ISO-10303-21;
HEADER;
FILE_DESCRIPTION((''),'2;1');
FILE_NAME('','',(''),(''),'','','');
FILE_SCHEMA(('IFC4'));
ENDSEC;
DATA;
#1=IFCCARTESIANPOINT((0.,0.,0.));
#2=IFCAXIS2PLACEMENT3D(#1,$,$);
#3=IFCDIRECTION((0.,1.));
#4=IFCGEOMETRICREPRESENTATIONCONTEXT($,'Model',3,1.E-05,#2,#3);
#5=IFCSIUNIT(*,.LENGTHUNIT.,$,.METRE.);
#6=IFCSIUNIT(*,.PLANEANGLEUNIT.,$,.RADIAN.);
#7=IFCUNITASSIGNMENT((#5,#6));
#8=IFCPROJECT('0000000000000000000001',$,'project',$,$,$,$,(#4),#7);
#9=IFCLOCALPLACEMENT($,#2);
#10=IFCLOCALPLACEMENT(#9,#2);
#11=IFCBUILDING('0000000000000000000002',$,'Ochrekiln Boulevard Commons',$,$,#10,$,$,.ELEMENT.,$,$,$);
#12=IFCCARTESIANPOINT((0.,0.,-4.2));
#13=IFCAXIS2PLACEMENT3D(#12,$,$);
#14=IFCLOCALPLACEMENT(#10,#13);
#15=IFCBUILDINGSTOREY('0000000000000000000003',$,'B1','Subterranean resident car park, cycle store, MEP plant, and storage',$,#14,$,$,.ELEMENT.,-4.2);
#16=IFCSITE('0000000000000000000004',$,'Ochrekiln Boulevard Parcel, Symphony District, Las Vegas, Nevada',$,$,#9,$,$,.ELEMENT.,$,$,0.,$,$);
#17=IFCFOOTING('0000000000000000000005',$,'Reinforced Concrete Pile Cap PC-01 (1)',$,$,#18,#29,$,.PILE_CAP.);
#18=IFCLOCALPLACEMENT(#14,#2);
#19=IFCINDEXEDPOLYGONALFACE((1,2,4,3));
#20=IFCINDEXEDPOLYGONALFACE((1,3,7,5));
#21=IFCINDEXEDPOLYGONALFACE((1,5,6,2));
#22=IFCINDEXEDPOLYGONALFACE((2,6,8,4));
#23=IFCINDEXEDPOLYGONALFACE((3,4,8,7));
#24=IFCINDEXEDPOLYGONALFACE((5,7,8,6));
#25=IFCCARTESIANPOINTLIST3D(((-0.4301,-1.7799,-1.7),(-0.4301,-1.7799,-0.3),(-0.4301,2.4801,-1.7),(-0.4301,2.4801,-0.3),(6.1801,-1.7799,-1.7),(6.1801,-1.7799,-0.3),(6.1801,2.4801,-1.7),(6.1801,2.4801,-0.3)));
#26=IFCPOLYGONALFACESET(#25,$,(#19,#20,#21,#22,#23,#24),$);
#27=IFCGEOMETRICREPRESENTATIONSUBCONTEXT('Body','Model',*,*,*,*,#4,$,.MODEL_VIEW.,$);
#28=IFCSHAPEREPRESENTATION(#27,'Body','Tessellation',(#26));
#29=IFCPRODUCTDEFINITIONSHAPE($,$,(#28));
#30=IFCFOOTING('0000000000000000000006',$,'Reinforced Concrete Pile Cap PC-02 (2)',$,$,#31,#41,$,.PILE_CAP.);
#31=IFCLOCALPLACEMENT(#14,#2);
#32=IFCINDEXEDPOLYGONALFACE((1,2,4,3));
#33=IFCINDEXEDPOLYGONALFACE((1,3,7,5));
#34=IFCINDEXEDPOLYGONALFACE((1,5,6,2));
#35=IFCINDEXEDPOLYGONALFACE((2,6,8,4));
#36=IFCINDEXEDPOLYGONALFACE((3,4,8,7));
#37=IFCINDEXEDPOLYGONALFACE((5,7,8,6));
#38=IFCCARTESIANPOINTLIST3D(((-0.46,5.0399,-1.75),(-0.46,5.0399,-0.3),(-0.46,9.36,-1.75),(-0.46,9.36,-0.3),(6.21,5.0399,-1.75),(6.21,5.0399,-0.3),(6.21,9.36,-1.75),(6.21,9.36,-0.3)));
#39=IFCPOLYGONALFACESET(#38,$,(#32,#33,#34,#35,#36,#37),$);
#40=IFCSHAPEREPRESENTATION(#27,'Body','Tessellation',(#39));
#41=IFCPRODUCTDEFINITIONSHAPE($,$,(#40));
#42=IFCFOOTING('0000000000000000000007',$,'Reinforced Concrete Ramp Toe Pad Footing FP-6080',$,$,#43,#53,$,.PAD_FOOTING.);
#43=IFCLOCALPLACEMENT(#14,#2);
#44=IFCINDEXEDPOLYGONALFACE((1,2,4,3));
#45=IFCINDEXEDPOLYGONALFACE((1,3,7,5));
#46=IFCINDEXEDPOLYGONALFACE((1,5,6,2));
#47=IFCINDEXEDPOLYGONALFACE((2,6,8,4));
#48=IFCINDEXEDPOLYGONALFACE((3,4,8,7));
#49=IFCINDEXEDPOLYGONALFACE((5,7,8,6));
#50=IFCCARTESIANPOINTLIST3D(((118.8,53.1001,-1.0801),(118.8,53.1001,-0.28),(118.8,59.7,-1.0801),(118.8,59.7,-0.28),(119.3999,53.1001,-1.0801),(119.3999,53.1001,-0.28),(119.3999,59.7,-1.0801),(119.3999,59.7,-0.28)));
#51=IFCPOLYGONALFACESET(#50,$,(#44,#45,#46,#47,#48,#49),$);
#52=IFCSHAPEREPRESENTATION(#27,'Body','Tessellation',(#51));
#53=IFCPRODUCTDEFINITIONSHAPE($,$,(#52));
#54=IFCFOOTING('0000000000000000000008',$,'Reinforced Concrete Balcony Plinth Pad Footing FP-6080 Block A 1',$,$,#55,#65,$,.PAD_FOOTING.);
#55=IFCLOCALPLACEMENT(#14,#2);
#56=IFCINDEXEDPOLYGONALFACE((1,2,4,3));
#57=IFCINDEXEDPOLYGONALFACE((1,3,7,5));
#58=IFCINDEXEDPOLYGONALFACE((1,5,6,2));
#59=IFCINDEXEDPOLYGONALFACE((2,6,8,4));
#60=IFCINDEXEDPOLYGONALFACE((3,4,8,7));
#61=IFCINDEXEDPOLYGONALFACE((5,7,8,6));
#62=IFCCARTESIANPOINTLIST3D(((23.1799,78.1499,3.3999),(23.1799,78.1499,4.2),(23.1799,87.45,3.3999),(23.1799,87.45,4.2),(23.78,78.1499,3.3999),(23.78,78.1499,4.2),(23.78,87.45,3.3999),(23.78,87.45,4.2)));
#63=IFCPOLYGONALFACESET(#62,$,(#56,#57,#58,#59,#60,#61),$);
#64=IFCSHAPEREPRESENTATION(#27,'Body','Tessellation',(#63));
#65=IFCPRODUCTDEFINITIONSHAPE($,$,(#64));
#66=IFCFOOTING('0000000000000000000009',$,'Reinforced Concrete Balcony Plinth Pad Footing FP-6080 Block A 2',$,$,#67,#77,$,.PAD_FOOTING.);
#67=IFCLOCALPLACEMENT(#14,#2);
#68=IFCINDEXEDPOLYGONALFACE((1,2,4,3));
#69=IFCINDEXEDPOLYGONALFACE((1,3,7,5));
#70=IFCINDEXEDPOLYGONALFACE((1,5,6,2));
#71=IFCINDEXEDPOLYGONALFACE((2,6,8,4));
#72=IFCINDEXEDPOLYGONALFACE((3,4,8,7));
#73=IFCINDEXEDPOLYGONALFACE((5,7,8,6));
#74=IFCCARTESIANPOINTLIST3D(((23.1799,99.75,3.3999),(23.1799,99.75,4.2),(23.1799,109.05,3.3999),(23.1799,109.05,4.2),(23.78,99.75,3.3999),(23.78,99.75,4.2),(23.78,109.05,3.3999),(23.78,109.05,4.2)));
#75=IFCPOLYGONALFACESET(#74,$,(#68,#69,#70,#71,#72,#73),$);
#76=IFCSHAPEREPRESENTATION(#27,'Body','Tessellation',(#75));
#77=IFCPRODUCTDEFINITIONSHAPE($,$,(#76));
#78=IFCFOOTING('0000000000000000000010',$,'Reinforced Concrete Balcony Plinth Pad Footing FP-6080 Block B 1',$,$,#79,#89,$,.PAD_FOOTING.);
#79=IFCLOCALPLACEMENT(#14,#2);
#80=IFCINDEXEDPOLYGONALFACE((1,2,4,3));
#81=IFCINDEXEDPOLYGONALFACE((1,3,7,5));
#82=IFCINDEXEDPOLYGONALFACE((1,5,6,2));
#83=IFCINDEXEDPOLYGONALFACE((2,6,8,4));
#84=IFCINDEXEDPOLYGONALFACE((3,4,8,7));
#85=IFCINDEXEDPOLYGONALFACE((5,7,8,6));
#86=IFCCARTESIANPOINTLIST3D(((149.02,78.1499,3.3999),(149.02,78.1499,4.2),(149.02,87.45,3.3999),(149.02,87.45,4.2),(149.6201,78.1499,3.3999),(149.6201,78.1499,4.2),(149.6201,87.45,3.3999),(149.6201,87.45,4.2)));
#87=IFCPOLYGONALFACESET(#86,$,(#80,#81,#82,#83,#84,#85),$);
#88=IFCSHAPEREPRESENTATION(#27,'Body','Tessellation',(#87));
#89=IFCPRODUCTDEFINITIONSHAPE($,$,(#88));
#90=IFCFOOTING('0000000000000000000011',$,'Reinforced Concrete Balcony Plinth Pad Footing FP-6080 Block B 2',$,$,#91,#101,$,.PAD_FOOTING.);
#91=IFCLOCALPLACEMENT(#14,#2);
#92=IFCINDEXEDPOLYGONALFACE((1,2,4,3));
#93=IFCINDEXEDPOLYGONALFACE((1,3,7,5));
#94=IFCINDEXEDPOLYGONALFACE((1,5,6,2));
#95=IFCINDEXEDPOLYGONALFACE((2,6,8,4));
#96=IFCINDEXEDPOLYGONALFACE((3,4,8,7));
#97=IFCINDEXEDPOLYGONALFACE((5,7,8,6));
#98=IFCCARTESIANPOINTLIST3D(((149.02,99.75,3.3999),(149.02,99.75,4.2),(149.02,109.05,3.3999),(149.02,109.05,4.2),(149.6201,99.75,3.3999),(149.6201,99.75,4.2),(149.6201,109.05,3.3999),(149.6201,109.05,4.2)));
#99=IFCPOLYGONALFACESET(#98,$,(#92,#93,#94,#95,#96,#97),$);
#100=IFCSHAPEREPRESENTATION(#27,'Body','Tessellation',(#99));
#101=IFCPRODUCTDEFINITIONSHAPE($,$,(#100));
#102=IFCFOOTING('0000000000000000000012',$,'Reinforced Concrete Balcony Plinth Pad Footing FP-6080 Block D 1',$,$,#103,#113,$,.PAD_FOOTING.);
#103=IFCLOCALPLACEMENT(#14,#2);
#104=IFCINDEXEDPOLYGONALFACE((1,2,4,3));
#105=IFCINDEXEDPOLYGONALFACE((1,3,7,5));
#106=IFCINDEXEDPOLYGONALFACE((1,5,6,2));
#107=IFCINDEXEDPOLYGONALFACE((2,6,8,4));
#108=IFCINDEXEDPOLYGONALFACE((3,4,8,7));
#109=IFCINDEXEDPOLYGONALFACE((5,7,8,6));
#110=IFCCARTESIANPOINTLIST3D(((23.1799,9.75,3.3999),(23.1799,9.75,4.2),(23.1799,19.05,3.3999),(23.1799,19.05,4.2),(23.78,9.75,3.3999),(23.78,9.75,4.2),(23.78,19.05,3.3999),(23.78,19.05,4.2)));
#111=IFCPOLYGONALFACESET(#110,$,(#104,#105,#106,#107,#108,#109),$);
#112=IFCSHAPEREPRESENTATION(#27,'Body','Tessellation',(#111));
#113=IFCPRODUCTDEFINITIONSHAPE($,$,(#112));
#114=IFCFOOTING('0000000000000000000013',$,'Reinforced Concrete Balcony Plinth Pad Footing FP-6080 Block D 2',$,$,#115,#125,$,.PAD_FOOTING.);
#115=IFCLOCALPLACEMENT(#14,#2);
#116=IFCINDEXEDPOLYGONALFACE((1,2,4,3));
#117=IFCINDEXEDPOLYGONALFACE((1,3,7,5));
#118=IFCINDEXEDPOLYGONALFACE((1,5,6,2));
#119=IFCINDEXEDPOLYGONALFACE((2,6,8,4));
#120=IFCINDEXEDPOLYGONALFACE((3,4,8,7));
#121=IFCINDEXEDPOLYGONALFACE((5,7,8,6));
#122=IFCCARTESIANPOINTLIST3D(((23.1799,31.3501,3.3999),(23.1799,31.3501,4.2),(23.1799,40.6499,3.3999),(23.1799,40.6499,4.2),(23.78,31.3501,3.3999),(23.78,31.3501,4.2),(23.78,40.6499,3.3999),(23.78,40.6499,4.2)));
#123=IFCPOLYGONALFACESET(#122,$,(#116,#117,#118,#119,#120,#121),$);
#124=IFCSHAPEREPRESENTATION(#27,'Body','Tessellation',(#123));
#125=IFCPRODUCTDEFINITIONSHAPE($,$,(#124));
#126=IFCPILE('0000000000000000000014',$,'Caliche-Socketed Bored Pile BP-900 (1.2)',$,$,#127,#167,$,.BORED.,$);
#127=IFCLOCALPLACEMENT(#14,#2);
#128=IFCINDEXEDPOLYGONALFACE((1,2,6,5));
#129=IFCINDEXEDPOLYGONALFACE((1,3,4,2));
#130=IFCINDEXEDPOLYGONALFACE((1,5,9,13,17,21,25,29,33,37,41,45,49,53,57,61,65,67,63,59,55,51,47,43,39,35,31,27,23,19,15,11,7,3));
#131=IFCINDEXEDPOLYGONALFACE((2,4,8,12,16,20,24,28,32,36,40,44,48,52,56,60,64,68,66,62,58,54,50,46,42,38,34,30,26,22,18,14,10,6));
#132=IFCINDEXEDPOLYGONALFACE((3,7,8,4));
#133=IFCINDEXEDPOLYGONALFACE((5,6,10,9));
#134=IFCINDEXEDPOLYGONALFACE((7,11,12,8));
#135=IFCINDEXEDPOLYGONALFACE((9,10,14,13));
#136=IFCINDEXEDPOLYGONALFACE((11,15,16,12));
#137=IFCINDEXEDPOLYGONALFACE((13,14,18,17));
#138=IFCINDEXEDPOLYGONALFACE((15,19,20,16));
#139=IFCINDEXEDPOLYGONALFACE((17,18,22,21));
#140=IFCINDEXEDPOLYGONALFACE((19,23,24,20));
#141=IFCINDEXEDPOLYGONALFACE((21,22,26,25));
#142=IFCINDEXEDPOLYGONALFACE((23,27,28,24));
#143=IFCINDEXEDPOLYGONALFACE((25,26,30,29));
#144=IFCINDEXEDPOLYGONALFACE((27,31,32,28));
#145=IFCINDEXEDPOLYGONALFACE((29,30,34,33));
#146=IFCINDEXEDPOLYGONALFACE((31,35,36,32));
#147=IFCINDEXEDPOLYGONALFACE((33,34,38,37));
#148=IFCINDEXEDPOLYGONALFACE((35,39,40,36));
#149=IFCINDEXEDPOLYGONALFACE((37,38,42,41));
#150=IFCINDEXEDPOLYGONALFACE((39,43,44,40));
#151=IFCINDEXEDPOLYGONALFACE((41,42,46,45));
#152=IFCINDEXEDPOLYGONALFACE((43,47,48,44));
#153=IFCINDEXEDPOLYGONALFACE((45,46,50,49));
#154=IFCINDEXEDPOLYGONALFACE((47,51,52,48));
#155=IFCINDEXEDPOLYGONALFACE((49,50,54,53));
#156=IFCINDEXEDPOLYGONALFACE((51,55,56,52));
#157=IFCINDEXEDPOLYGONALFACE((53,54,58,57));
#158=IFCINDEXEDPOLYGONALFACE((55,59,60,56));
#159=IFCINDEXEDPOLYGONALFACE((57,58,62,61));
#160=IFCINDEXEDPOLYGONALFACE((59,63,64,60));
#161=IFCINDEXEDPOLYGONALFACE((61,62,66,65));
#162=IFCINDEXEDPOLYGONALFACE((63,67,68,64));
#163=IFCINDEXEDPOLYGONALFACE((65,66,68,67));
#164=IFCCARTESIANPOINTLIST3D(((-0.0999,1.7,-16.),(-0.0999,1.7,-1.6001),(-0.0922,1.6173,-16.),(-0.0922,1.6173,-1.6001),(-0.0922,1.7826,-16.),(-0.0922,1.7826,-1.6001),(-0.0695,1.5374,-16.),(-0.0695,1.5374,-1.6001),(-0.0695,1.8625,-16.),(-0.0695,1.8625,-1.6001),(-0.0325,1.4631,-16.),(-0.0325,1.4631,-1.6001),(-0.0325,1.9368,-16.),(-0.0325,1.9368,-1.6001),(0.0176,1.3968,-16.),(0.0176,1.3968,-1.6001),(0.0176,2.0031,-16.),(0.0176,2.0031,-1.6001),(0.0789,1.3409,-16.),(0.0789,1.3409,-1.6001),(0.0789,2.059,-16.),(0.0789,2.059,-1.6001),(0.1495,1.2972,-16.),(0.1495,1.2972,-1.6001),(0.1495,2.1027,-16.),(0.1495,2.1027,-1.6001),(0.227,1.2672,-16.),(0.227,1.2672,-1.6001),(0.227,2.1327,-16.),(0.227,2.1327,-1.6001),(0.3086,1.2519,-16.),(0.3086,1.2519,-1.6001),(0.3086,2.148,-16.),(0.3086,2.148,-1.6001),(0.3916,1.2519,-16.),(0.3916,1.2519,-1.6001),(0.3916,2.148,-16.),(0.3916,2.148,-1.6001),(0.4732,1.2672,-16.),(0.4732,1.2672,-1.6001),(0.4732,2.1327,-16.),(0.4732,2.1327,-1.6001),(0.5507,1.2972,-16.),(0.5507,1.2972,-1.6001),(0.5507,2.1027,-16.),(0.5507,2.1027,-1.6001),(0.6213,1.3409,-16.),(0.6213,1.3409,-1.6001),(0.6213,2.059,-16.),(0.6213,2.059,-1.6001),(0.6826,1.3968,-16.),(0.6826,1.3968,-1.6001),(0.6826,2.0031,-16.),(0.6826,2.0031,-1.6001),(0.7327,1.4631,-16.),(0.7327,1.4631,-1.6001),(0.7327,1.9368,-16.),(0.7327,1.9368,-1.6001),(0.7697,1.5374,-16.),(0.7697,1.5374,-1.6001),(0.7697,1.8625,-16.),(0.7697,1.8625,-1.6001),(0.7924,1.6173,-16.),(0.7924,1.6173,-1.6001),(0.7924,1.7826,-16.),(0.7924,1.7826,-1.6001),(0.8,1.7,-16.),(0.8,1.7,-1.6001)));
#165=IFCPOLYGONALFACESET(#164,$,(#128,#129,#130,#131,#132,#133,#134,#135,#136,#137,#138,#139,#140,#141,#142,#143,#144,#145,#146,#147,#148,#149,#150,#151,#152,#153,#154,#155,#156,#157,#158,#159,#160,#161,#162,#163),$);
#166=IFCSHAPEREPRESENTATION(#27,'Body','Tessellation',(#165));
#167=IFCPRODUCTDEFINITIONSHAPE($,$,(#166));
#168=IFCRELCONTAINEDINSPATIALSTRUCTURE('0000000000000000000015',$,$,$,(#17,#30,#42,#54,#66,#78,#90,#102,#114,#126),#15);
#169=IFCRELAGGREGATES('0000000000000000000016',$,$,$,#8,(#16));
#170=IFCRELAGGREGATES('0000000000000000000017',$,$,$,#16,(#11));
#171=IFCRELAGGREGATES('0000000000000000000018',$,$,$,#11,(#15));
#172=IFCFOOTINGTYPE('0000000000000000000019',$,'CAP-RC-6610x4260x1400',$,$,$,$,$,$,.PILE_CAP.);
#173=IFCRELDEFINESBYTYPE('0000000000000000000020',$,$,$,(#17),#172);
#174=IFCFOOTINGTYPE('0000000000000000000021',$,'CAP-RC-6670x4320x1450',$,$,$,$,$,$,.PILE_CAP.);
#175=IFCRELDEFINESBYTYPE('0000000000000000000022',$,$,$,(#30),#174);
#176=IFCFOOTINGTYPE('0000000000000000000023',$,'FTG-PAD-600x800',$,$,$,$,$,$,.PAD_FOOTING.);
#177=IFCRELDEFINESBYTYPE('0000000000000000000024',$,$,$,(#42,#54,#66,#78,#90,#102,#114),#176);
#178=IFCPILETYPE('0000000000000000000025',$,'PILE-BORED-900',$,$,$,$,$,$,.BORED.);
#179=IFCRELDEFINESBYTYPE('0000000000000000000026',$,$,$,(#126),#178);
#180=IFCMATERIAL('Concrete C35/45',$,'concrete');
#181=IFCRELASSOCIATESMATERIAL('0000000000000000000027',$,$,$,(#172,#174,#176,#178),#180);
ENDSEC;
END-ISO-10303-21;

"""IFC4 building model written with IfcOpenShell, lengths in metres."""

from ifc_helpers import new_model, si_unit, direction, frame, origin, origin_2d, place, context, subcontext, project, spatial, polyline, rectangle, circle, outline, extrude, material, material_profile, profile_set, type_object, element, save


model = new_model("IFC4")

# Units and contexts
model_context = context("Model", 3, precision=1e-05, world=origin(), true_north=direction((0.0, 1.0)))
body_context = subcontext(model_context, "Body", "Model", "MODEL_VIEW")
ifc_project = project(units=[si_unit("LENGTHUNIT", "METRE"), si_unit("PLANEANGLEUNIT", "RADIAN")], contexts=[model_context])

# Site, building, storey
site_placement = place(None, origin())
site = spatial("IfcSite", under=ifc_project, at=site_placement, Name="Ochrekiln Boulevard Parcel, Symphony District, Las Vegas, Nevada", CompositionType="ELEMENT", RefElevation=0.0)
building_placement = place(site_placement, origin())
building = spatial("IfcBuilding", under=site, at=building_placement, Name="Ochrekiln Boulevard Commons", CompositionType="ELEMENT")
storey_placement = place(building_placement, frame((0.0, 0.0, -4.2)))
storey = spatial("IfcBuildingStorey", under=building, at=storey_placement, Name="B1", Description="Subterranean resident car park, cycle store, MEP plant, and storage", CompositionType="ELEMENT", Elevation=-4.2)

# Footings
ifc_material_1 = material(Name="Concrete C35/45", Category="concrete")
footing_type_1 = type_object("IfcFootingType", Name="CAP-RC-6610x4260x1400", PredefinedType="PILE_CAP", material=ifc_material_1)
footing_1_placement = place(storey_placement, frame((2.875, 0.3501, -1.7), z_axis=(0.0, 0.0, 1.0), x_axis=(1.0, 0.0, 0.0)))
element("IfcFooting", 1, at=footing_1_placement, inside=storey, type_object=footing_type_1, Name="Reinforced Concrete Pile Cap PC-01 (1)", PredefinedType="PILE_CAP", context=body_context, shape_type="SweptSolid", body=[
    extrude(rectangle(XDim=6.6101, YDim=4.26, at=origin_2d()), origin(), (0.0, 0.0, 1.0), 1.3999),
])
footing_type_2 = type_object("IfcFootingType", Name="CAP-RC-6670x4320x1450", PredefinedType="PILE_CAP", material=ifc_material_1)
footing_2_placement = place(storey_placement, frame((2.875, 7.2, -1.75), z_axis=(0.0, 0.0, 1.0), x_axis=(1.0, 0.0, 0.0)))
element("IfcFooting", 2, at=footing_2_placement, inside=storey, type_object=footing_type_2, Name="Reinforced Concrete Pile Cap PC-02 (2)", PredefinedType="PILE_CAP", context=body_context, shape_type="SweptSolid", body=[
    extrude(rectangle(XDim=6.6699, YDim=4.3201, at=origin_2d()), origin(), (0.0, 0.0, 1.0), 1.45),
])
footing_type_3 = type_object("IfcFootingType", Name="FTG-PAD-600x800", PredefinedType="PAD_FOOTING", material=ifc_material_1)
footing_3_placement = place(storey_placement, frame((0.0, 0.0, -1.0801)))
element("IfcFooting", 3, at=footing_3_placement, inside=storey, type_object=footing_type_3, Name="Reinforced Concrete Ramp Toe Pad Footing FP-6080", PredefinedType="PAD_FOOTING", context=body_context, shape_type="SweptSolid", body=[
    extrude(outline(polyline([(118.8, 53.1001), (119.3999, 53.1001), (119.3999, 59.7), (118.8, 59.7), (118.8, 53.1001)])), origin(), (0.0, 0.0, 1.0), 0.8),
])
footing_4_placement = place(storey_placement, frame((0.0, 0.0, 3.3999)))
element("IfcFooting", 4, at=footing_4_placement, inside=storey, type_object=footing_type_3, Name="Reinforced Concrete Balcony Plinth Pad Footing FP-6080 Block A 1", PredefinedType="PAD_FOOTING", context=body_context, shape_type="SweptSolid", body=[
    extrude(outline(polyline([(23.1799, 78.1499), (23.78, 78.1499), (23.78, 87.45), (23.1799, 87.45), (23.1799, 78.1499)])), origin(), (0.0, 0.0, 1.0), 0.8),
])
footing_5_placement = place(storey_placement, frame((0.0, 0.0, 3.3999)))
element("IfcFooting", 5, at=footing_5_placement, inside=storey, type_object=footing_type_3, Name="Reinforced Concrete Balcony Plinth Pad Footing FP-6080 Block A 2", PredefinedType="PAD_FOOTING", context=body_context, shape_type="SweptSolid", body=[
    extrude(outline(polyline([(23.1799, 99.75), (23.78, 99.75), (23.78, 109.05), (23.1799, 109.05), (23.1799, 99.75)])), origin(), (0.0, 0.0, 1.0), 0.8),
])
footing_6_placement = place(storey_placement, frame((0.0, 0.0, 3.3999)))
element("IfcFooting", 6, at=footing_6_placement, inside=storey, type_object=footing_type_3, Name="Reinforced Concrete Balcony Plinth Pad Footing FP-6080 Block B 1", PredefinedType="PAD_FOOTING", context=body_context, shape_type="SweptSolid", body=[
    extrude(outline(polyline([(149.02, 78.1499), (149.6201, 78.1499), (149.6201, 87.45), (149.02, 87.45), (149.02, 78.1499)])), origin(), (0.0, 0.0, 1.0), 0.8),
])
footing_7_placement = place(storey_placement, frame((0.0, 0.0, 3.3999)))
element("IfcFooting", 7, at=footing_7_placement, inside=storey, type_object=footing_type_3, Name="Reinforced Concrete Balcony Plinth Pad Footing FP-6080 Block B 2", PredefinedType="PAD_FOOTING", context=body_context, shape_type="SweptSolid", body=[
    extrude(outline(polyline([(149.02, 99.75), (149.6201, 99.75), (149.6201, 109.05), (149.02, 109.05), (149.02, 99.75)])), origin(), (0.0, 0.0, 1.0), 0.8),
])
footing_8_placement = place(storey_placement, frame((0.0, 0.0, 3.3999)))
element("IfcFooting", 8, at=footing_8_placement, inside=storey, type_object=footing_type_3, Name="Reinforced Concrete Balcony Plinth Pad Footing FP-6080 Block D 1", PredefinedType="PAD_FOOTING", context=body_context, shape_type="SweptSolid", body=[
    extrude(outline(polyline([(23.1799, 9.75), (23.78, 9.75), (23.78, 19.05), (23.1799, 19.05), (23.1799, 9.75)])), origin(), (0.0, 0.0, 1.0), 0.8),
])
footing_9_placement = place(storey_placement, frame((0.0, 0.0, 3.3999)))
element("IfcFooting", 9, at=footing_9_placement, inside=storey, type_object=footing_type_3, Name="Reinforced Concrete Balcony Plinth Pad Footing FP-6080 Block D 2", PredefinedType="PAD_FOOTING", context=body_context, shape_type="SweptSolid", body=[
    extrude(outline(polyline([(23.1799, 31.3501), (23.78, 31.3501), (23.78, 40.6499), (23.1799, 40.6499), (23.1799, 31.3501)])), origin(), (0.0, 0.0, 1.0), 0.8),
])

# Pile
ifc_material_profile_1 = material_profile(ifc_material_1, circle(Radius=0.45, at=origin_2d()), Name="PILE-D900")
ifc_profile_set_1 = profile_set([ifc_material_profile_1], Name="Concrete C35/45")
pile_type = type_object("IfcPileType", Name="PILE-BORED-900", PredefinedType="BORED", material=ifc_profile_set_1)
for number, where, z_axis, x_axis, name in (
    (10, (0.3501, 1.7, -1.6001), (0.0, 0.0, -1.0), (1.0, 0.0, 0.0), "Caliche-Socketed Bored Pile BP-900 (1.2)"),
):
    element("IfcPile", number, at=place(storey_placement, frame(where, z_axis=z_axis, x_axis=x_axis)), inside=storey, type_object=pile_type, Name=name, PredefinedType="BORED", context=body_context, shape_type="SweptSolid", body=[
        extrude(circle(Radius=0.45, at=origin_2d()), origin(), (0.0, 0.0, 1.0), 14.3999),
    ])

save(model, "model.ifc")
